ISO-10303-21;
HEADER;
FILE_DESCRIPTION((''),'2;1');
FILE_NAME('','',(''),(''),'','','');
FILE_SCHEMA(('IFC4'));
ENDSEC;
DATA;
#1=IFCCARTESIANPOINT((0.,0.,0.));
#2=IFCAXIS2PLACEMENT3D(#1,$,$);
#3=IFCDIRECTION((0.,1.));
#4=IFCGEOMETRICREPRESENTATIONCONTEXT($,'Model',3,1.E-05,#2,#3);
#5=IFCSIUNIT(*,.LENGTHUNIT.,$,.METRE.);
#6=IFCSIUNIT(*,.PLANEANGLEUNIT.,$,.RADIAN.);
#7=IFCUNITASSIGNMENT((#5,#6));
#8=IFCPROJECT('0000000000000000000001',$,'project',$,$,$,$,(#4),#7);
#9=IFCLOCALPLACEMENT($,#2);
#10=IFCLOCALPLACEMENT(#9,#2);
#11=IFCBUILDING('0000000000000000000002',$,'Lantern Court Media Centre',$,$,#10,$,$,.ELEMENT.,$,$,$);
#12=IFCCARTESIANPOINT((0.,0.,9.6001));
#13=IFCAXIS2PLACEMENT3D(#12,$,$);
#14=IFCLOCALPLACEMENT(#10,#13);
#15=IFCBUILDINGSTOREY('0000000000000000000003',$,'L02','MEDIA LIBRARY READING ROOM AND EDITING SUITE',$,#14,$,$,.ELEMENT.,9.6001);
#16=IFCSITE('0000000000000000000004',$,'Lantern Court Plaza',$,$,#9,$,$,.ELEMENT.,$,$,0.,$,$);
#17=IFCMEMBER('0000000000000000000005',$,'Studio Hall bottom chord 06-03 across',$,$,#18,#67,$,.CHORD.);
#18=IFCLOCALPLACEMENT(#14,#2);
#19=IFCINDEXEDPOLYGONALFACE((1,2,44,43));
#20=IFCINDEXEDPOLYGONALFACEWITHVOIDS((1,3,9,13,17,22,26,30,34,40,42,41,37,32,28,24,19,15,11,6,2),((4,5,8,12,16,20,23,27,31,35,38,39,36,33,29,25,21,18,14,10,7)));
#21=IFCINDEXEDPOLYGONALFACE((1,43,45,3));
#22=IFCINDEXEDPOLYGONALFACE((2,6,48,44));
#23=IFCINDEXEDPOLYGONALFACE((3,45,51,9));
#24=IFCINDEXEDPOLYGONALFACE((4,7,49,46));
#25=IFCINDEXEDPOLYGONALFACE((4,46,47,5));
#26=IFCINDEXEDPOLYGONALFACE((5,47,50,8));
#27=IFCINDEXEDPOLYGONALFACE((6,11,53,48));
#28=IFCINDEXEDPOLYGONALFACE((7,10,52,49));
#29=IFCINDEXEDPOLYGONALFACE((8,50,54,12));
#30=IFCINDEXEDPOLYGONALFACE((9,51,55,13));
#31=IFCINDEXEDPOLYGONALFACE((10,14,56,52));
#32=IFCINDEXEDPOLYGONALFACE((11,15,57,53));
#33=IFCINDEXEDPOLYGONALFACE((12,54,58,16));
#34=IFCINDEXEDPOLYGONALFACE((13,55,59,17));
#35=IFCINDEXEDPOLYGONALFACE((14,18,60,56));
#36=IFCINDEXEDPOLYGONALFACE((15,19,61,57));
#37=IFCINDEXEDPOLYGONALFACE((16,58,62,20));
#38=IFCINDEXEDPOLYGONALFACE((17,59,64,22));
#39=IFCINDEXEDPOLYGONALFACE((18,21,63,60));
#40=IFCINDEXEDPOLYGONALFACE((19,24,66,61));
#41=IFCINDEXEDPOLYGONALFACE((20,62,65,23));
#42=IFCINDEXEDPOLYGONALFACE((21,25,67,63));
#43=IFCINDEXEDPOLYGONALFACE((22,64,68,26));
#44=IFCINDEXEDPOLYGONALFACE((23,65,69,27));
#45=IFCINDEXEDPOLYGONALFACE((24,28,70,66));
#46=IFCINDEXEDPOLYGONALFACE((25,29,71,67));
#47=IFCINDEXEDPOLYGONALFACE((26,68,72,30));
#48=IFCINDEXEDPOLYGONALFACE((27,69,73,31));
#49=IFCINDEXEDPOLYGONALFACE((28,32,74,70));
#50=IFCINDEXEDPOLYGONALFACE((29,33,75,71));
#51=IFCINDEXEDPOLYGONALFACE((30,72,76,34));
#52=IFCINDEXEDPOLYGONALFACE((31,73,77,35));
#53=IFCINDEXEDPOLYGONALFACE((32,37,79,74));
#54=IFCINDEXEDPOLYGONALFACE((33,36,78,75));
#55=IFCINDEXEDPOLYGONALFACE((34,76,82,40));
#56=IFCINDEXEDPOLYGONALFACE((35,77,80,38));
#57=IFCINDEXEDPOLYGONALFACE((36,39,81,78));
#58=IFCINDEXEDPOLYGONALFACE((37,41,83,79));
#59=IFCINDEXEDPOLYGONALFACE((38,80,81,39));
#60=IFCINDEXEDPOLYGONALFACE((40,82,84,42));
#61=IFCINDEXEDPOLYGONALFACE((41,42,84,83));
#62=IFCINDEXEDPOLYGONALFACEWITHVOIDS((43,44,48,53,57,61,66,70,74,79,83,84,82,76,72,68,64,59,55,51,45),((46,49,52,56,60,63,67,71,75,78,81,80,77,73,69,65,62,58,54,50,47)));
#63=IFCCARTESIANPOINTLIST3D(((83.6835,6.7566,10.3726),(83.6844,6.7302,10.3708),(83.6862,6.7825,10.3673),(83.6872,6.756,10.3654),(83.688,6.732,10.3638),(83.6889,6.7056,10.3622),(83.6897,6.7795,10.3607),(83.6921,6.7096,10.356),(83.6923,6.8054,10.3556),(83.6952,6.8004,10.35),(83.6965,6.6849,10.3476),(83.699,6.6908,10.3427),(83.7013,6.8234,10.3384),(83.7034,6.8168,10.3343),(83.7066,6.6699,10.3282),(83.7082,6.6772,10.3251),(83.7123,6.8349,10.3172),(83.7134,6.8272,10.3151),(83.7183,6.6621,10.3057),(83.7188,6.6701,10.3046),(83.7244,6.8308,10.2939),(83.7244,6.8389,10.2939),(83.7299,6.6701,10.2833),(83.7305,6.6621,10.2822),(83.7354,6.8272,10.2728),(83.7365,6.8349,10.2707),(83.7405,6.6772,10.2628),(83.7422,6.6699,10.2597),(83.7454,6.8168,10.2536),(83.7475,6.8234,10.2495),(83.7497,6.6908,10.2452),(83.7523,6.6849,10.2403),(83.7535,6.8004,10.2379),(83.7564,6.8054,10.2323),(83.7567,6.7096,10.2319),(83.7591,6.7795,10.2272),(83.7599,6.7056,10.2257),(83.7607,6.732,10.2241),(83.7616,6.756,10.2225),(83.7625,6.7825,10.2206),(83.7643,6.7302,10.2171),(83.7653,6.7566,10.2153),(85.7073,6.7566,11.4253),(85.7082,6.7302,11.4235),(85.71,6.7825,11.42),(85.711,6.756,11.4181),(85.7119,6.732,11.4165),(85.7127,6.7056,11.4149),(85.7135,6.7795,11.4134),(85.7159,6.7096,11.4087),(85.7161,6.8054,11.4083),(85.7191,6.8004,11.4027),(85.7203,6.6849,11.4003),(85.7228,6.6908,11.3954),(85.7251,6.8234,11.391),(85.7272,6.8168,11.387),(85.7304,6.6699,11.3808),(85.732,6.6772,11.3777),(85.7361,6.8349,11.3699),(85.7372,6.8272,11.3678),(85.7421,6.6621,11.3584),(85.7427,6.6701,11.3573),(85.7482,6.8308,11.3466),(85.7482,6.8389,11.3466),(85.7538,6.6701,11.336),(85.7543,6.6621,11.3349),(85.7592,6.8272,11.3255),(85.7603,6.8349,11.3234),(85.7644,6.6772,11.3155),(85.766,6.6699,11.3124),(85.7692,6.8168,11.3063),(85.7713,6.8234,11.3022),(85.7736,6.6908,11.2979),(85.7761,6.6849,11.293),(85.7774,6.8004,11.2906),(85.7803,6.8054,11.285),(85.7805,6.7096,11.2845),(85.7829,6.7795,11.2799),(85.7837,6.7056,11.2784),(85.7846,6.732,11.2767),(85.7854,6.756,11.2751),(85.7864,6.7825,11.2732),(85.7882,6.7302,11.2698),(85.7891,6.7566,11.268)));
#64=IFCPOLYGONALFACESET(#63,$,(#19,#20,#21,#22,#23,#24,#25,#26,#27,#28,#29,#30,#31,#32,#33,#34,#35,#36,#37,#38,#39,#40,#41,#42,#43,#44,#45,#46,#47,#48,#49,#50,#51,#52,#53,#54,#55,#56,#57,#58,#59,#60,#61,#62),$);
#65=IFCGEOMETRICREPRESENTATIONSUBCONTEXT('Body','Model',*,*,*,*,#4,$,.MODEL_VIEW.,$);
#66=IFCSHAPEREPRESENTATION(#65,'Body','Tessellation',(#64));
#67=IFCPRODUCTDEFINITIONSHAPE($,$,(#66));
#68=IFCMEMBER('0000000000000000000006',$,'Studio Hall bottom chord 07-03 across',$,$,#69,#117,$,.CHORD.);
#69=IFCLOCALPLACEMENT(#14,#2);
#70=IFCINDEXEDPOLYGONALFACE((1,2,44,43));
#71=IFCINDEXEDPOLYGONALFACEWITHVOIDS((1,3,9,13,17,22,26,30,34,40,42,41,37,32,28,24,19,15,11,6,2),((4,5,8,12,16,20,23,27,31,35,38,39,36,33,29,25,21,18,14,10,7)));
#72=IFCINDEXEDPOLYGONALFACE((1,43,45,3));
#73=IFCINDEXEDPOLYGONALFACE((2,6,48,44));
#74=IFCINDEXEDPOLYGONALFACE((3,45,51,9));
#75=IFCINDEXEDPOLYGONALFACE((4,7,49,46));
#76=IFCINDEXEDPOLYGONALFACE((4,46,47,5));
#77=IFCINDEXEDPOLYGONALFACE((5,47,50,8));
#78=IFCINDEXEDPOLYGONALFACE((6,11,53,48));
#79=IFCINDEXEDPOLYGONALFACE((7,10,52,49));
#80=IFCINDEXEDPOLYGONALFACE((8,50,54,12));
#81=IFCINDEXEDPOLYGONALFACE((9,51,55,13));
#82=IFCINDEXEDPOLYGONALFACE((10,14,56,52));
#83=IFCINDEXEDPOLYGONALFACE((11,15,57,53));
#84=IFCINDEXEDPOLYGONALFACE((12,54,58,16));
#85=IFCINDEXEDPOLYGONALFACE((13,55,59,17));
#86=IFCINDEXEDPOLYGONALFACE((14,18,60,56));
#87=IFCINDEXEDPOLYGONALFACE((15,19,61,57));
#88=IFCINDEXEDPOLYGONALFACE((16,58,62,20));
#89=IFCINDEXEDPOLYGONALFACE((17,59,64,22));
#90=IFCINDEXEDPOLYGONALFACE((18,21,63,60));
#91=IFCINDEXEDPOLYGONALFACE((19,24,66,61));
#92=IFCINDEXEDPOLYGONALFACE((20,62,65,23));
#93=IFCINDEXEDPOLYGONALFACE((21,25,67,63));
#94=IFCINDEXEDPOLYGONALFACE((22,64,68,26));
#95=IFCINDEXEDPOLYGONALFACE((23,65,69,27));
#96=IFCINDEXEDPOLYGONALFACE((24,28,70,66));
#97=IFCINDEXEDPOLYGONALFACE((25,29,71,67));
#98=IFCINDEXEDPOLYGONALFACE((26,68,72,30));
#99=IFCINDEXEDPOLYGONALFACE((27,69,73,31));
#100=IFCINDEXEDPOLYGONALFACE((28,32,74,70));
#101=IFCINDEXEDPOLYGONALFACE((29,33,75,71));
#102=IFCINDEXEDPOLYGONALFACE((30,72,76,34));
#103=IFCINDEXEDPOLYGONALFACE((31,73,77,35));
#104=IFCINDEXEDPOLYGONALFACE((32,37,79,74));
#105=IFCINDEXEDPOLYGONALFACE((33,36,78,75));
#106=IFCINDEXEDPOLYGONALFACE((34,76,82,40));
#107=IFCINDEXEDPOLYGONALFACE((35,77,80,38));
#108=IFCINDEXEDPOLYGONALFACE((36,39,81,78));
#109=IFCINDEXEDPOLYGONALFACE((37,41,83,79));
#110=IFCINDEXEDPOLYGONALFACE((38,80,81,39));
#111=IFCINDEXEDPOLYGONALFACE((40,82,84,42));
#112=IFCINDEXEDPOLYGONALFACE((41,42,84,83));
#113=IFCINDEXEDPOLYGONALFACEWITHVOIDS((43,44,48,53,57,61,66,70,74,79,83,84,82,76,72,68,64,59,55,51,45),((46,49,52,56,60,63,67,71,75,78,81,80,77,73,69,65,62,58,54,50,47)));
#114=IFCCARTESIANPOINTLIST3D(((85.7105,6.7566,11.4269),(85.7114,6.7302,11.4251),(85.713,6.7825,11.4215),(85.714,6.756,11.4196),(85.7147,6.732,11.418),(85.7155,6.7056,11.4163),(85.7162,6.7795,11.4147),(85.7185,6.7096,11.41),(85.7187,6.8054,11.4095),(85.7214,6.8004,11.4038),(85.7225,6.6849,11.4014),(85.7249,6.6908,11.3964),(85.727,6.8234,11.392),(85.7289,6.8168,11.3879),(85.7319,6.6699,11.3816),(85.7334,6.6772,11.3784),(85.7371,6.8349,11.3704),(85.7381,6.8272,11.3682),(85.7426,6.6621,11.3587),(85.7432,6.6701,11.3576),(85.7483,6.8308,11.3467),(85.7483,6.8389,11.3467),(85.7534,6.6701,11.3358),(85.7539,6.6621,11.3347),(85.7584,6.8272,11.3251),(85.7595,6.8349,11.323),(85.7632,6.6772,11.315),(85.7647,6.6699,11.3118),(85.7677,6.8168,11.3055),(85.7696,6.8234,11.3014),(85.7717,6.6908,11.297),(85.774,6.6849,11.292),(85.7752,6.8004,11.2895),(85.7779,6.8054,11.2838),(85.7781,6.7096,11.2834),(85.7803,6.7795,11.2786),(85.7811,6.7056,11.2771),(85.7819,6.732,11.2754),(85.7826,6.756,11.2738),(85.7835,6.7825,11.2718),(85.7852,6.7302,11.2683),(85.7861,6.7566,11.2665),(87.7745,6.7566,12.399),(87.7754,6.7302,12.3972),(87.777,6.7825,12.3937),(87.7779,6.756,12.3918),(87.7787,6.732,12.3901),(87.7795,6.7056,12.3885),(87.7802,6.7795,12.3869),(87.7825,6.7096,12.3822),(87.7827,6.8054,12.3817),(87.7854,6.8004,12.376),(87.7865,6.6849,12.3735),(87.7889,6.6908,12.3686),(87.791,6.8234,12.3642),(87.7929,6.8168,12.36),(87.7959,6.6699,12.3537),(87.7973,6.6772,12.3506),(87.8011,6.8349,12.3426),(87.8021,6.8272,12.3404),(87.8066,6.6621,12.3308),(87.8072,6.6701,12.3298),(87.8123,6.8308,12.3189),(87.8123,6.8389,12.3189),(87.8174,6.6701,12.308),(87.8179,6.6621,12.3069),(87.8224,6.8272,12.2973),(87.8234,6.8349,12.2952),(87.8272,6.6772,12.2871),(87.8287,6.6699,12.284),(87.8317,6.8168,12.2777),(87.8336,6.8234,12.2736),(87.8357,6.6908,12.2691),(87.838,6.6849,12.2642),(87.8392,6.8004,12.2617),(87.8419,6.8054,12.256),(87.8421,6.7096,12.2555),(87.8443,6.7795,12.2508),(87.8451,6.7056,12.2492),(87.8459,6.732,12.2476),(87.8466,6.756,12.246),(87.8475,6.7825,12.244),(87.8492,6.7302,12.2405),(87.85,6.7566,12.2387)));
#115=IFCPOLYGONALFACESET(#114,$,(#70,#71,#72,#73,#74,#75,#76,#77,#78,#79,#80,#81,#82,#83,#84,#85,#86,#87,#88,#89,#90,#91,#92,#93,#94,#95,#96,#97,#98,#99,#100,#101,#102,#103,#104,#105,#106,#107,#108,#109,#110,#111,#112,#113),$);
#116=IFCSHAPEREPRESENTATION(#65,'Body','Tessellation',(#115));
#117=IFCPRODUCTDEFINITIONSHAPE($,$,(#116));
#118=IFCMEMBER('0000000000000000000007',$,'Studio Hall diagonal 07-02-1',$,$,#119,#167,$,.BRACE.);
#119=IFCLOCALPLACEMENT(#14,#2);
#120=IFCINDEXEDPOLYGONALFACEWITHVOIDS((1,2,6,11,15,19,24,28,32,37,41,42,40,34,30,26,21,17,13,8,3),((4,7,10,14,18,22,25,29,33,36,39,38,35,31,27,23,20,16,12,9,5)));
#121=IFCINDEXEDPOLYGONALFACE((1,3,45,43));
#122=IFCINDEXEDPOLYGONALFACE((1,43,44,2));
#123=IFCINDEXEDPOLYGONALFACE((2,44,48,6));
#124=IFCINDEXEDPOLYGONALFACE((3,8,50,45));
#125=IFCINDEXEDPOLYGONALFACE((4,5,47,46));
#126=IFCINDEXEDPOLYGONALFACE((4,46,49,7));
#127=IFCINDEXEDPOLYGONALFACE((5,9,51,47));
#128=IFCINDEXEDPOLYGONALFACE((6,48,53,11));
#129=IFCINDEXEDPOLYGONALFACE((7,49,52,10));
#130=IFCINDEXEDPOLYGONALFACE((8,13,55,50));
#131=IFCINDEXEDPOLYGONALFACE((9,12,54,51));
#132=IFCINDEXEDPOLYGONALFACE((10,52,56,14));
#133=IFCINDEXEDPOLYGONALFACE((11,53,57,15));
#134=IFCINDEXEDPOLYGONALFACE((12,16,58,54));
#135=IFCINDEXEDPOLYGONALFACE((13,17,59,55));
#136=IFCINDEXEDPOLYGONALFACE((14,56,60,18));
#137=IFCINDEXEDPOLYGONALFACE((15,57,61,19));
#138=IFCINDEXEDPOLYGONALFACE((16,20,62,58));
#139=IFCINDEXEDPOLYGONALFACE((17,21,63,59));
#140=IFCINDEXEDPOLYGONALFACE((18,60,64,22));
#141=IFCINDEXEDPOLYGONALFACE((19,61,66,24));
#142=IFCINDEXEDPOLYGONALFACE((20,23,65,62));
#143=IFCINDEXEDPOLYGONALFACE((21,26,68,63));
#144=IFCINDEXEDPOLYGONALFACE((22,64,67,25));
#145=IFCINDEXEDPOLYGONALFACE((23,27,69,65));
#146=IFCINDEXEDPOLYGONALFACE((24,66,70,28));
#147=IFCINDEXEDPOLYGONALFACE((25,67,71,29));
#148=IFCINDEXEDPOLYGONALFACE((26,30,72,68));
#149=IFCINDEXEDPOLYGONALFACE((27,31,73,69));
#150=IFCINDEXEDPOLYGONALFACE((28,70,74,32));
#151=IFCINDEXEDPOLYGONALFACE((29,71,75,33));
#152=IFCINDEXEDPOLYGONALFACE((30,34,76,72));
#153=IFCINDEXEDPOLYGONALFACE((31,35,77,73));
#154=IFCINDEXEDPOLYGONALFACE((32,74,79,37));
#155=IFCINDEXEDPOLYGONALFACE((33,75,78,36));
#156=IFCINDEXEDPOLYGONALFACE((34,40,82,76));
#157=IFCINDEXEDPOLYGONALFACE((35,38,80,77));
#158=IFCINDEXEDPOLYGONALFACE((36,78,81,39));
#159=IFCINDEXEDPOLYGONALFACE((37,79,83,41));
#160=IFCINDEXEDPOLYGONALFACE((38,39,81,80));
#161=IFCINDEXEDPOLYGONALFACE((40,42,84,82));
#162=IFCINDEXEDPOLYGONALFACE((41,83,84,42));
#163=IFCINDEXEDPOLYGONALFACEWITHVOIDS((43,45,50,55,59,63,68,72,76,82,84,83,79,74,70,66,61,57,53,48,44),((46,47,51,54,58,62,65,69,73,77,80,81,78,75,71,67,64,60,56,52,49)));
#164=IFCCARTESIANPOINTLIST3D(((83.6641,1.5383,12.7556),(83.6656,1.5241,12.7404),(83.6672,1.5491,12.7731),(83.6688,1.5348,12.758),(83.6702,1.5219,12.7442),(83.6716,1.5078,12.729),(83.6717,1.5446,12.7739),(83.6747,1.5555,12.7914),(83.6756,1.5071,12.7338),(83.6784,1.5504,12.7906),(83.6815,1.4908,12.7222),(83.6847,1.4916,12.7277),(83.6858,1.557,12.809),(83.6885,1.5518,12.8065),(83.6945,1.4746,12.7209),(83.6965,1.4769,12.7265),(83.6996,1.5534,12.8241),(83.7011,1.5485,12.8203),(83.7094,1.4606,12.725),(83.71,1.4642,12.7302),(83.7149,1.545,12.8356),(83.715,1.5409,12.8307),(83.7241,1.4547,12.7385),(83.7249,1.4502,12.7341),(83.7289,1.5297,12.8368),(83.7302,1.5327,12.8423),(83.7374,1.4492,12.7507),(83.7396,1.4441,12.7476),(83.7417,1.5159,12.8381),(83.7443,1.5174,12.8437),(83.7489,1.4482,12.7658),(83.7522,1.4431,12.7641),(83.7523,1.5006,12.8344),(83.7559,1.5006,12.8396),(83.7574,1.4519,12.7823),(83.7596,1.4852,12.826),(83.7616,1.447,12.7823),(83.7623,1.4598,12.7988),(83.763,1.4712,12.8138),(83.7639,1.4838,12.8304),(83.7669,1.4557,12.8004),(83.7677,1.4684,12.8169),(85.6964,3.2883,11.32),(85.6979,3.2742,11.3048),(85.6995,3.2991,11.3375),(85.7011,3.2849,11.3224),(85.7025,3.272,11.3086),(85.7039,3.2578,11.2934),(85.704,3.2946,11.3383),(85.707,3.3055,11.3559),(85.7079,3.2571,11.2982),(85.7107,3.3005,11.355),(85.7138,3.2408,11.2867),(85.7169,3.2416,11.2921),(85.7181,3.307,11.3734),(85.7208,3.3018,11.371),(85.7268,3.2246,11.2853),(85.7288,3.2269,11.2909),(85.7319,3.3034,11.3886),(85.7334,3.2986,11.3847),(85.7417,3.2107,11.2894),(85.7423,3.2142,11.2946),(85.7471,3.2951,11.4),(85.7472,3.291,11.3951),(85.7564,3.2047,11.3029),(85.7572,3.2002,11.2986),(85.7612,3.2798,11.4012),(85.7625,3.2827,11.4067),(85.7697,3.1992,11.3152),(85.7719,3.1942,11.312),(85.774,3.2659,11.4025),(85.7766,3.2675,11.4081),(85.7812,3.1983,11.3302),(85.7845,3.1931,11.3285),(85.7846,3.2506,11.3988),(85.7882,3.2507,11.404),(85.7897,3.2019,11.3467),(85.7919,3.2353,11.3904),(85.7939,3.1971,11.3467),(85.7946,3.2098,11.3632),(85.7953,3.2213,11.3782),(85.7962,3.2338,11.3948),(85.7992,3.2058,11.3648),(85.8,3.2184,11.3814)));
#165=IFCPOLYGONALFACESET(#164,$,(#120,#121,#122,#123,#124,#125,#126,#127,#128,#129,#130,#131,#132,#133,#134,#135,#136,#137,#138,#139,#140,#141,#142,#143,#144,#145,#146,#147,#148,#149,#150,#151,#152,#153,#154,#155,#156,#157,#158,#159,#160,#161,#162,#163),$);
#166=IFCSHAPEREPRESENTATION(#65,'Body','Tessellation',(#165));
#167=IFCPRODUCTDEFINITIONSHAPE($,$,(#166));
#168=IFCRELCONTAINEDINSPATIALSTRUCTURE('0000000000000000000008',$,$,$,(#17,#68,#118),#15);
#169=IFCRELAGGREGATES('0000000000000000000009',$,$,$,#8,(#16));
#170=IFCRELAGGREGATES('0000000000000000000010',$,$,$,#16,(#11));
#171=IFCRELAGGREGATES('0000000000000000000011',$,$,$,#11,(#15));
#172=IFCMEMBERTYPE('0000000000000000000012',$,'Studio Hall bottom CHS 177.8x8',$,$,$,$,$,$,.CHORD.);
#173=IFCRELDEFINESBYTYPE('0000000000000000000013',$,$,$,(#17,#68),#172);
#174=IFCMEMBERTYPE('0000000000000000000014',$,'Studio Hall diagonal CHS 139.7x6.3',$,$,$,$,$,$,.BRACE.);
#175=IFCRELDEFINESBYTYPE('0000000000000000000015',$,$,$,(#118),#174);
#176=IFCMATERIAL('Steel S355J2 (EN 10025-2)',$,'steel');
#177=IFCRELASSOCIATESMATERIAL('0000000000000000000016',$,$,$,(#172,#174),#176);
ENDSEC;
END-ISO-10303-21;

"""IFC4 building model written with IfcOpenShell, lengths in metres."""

from ifc_helpers import new_model, si_unit, direction, frame, origin, origin_2d, place, context, subcontext, project, spatial, hollow_circle, extrude, material, material_profile, profile_set, type_object, element, save


model = new_model("IFC4")

# Units and contexts
model_context = context("Model", 3, precision=1e-05, world=origin(), true_north=direction((0.0, 1.0)))
body_context = subcontext(model_context, "Body", "Model", "MODEL_VIEW")
ifc_project = project(units=[si_unit("LENGTHUNIT", "METRE"), si_unit("PLANEANGLEUNIT", "RADIAN")], contexts=[model_context])

# Site, building, storey
site_placement = place(None, origin())
site = spatial("IfcSite", under=ifc_project, at=site_placement, Name="Lantern Court Plaza", CompositionType="ELEMENT", RefElevation=0.0)
building_placement = place(site_placement, origin())
building = spatial("IfcBuilding", under=site, at=building_placement, Name="Lantern Court Media Centre", CompositionType="ELEMENT")
storey_placement = place(building_placement, frame((0.0, 0.0, 9.6001)))
storey = spatial("IfcBuildingStorey", under=building, at=storey_placement, Name="L02", Description="MEDIA LIBRARY READING ROOM AND EDITING SUITE", CompositionType="ELEMENT", Elevation=9.6001)

# Members
ifc_material = material(Name="Steel S355J2 (EN 10025-2)", Category="steel")
ifc_material_profile_1 = material_profile(ifc_material, hollow_circle(Radius=0.0889, WallThickness=0.0081, at=origin_2d()), Name="Studio Hall bottom CHS 177.8x8")
ifc_profile_set_1 = profile_set([ifc_material_profile_1], Name="Steel S355J2 (EN 10025-2)")
member_type_1 = type_object("IfcMemberType", Name="Studio Hall bottom CHS 177.8x8", PredefinedType="CHORD", material=ifc_profile_set_1)
member_1_placement = place(storey_placement, frame((83.7244, 6.75, 10.2939), z_axis=(0.887164, 0.0, 0.461454), x_axis=(0.0, 1.0, 0.0)))
element("IfcMember", 1, at=member_1_placement, inside=storey, type_object=member_type_1, Name="Studio Hall bottom chord 06-03 across", PredefinedType="CHORD", context=body_context, shape_type="SweptSolid", body=[
    extrude(hollow_circle(Radius=0.0889, WallThickness=0.0081, at=origin_2d()), origin(), (0.0, 0.0, 1.0), 2.2812),
])
member_2_placement = place(storey_placement, frame((85.7483, 6.75, 11.3467), z_axis=(0.904668, 0.0, 0.426117), x_axis=(0.0, 1.0, 0.0)))
element("IfcMember", 2, at=member_2_placement, inside=storey, type_object=member_type_1, Name="Studio Hall bottom chord 07-03 across", PredefinedType="CHORD", context=body_context, shape_type="SweptSolid", body=[
    extrude(hollow_circle(Radius=0.0889, WallThickness=0.0081, at=origin_2d()), origin(), (0.0, 0.0, 1.0), 2.2815),
])
ifc_material_profile_2 = material_profile(ifc_material, hollow_circle(Radius=0.0698, WallThickness=0.0063, at=origin_2d()), Name="Studio Hall diagonal CHS 139.7x6.3")
ifc_profile_set_2 = profile_set([ifc_material_profile_2], Name="Steel S355J2 (EN 10025-2)")
member_type_2 = type_object("IfcMemberType", Name="Studio Hall diagonal CHS 139.7x6.3", PredefinedType="BRACE", material=ifc_profile_set_2)
for number, where, z_axis, x_axis, name in (
    (3, (85.7483, 3.25, 11.3467), (-0.668075, -0.575296, 0.471922), (0.652529, -0.757764, 0.0), "Studio Hall diagonal 07-02-1"),
):
    element("IfcMember", number, at=place(storey_placement, frame(where, z_axis=z_axis, x_axis=x_axis)), inside=storey, type_object=member_type_2, Name=name, PredefinedType="BRACE", context=body_context, shape_type="SweptSolid", body=[
        extrude(hollow_circle(Radius=0.0698, WallThickness=0.0063, at=origin_2d()), origin(), (0.0, 0.0, 1.0), 3.042),
    ])

save(model, "model.ifc")
